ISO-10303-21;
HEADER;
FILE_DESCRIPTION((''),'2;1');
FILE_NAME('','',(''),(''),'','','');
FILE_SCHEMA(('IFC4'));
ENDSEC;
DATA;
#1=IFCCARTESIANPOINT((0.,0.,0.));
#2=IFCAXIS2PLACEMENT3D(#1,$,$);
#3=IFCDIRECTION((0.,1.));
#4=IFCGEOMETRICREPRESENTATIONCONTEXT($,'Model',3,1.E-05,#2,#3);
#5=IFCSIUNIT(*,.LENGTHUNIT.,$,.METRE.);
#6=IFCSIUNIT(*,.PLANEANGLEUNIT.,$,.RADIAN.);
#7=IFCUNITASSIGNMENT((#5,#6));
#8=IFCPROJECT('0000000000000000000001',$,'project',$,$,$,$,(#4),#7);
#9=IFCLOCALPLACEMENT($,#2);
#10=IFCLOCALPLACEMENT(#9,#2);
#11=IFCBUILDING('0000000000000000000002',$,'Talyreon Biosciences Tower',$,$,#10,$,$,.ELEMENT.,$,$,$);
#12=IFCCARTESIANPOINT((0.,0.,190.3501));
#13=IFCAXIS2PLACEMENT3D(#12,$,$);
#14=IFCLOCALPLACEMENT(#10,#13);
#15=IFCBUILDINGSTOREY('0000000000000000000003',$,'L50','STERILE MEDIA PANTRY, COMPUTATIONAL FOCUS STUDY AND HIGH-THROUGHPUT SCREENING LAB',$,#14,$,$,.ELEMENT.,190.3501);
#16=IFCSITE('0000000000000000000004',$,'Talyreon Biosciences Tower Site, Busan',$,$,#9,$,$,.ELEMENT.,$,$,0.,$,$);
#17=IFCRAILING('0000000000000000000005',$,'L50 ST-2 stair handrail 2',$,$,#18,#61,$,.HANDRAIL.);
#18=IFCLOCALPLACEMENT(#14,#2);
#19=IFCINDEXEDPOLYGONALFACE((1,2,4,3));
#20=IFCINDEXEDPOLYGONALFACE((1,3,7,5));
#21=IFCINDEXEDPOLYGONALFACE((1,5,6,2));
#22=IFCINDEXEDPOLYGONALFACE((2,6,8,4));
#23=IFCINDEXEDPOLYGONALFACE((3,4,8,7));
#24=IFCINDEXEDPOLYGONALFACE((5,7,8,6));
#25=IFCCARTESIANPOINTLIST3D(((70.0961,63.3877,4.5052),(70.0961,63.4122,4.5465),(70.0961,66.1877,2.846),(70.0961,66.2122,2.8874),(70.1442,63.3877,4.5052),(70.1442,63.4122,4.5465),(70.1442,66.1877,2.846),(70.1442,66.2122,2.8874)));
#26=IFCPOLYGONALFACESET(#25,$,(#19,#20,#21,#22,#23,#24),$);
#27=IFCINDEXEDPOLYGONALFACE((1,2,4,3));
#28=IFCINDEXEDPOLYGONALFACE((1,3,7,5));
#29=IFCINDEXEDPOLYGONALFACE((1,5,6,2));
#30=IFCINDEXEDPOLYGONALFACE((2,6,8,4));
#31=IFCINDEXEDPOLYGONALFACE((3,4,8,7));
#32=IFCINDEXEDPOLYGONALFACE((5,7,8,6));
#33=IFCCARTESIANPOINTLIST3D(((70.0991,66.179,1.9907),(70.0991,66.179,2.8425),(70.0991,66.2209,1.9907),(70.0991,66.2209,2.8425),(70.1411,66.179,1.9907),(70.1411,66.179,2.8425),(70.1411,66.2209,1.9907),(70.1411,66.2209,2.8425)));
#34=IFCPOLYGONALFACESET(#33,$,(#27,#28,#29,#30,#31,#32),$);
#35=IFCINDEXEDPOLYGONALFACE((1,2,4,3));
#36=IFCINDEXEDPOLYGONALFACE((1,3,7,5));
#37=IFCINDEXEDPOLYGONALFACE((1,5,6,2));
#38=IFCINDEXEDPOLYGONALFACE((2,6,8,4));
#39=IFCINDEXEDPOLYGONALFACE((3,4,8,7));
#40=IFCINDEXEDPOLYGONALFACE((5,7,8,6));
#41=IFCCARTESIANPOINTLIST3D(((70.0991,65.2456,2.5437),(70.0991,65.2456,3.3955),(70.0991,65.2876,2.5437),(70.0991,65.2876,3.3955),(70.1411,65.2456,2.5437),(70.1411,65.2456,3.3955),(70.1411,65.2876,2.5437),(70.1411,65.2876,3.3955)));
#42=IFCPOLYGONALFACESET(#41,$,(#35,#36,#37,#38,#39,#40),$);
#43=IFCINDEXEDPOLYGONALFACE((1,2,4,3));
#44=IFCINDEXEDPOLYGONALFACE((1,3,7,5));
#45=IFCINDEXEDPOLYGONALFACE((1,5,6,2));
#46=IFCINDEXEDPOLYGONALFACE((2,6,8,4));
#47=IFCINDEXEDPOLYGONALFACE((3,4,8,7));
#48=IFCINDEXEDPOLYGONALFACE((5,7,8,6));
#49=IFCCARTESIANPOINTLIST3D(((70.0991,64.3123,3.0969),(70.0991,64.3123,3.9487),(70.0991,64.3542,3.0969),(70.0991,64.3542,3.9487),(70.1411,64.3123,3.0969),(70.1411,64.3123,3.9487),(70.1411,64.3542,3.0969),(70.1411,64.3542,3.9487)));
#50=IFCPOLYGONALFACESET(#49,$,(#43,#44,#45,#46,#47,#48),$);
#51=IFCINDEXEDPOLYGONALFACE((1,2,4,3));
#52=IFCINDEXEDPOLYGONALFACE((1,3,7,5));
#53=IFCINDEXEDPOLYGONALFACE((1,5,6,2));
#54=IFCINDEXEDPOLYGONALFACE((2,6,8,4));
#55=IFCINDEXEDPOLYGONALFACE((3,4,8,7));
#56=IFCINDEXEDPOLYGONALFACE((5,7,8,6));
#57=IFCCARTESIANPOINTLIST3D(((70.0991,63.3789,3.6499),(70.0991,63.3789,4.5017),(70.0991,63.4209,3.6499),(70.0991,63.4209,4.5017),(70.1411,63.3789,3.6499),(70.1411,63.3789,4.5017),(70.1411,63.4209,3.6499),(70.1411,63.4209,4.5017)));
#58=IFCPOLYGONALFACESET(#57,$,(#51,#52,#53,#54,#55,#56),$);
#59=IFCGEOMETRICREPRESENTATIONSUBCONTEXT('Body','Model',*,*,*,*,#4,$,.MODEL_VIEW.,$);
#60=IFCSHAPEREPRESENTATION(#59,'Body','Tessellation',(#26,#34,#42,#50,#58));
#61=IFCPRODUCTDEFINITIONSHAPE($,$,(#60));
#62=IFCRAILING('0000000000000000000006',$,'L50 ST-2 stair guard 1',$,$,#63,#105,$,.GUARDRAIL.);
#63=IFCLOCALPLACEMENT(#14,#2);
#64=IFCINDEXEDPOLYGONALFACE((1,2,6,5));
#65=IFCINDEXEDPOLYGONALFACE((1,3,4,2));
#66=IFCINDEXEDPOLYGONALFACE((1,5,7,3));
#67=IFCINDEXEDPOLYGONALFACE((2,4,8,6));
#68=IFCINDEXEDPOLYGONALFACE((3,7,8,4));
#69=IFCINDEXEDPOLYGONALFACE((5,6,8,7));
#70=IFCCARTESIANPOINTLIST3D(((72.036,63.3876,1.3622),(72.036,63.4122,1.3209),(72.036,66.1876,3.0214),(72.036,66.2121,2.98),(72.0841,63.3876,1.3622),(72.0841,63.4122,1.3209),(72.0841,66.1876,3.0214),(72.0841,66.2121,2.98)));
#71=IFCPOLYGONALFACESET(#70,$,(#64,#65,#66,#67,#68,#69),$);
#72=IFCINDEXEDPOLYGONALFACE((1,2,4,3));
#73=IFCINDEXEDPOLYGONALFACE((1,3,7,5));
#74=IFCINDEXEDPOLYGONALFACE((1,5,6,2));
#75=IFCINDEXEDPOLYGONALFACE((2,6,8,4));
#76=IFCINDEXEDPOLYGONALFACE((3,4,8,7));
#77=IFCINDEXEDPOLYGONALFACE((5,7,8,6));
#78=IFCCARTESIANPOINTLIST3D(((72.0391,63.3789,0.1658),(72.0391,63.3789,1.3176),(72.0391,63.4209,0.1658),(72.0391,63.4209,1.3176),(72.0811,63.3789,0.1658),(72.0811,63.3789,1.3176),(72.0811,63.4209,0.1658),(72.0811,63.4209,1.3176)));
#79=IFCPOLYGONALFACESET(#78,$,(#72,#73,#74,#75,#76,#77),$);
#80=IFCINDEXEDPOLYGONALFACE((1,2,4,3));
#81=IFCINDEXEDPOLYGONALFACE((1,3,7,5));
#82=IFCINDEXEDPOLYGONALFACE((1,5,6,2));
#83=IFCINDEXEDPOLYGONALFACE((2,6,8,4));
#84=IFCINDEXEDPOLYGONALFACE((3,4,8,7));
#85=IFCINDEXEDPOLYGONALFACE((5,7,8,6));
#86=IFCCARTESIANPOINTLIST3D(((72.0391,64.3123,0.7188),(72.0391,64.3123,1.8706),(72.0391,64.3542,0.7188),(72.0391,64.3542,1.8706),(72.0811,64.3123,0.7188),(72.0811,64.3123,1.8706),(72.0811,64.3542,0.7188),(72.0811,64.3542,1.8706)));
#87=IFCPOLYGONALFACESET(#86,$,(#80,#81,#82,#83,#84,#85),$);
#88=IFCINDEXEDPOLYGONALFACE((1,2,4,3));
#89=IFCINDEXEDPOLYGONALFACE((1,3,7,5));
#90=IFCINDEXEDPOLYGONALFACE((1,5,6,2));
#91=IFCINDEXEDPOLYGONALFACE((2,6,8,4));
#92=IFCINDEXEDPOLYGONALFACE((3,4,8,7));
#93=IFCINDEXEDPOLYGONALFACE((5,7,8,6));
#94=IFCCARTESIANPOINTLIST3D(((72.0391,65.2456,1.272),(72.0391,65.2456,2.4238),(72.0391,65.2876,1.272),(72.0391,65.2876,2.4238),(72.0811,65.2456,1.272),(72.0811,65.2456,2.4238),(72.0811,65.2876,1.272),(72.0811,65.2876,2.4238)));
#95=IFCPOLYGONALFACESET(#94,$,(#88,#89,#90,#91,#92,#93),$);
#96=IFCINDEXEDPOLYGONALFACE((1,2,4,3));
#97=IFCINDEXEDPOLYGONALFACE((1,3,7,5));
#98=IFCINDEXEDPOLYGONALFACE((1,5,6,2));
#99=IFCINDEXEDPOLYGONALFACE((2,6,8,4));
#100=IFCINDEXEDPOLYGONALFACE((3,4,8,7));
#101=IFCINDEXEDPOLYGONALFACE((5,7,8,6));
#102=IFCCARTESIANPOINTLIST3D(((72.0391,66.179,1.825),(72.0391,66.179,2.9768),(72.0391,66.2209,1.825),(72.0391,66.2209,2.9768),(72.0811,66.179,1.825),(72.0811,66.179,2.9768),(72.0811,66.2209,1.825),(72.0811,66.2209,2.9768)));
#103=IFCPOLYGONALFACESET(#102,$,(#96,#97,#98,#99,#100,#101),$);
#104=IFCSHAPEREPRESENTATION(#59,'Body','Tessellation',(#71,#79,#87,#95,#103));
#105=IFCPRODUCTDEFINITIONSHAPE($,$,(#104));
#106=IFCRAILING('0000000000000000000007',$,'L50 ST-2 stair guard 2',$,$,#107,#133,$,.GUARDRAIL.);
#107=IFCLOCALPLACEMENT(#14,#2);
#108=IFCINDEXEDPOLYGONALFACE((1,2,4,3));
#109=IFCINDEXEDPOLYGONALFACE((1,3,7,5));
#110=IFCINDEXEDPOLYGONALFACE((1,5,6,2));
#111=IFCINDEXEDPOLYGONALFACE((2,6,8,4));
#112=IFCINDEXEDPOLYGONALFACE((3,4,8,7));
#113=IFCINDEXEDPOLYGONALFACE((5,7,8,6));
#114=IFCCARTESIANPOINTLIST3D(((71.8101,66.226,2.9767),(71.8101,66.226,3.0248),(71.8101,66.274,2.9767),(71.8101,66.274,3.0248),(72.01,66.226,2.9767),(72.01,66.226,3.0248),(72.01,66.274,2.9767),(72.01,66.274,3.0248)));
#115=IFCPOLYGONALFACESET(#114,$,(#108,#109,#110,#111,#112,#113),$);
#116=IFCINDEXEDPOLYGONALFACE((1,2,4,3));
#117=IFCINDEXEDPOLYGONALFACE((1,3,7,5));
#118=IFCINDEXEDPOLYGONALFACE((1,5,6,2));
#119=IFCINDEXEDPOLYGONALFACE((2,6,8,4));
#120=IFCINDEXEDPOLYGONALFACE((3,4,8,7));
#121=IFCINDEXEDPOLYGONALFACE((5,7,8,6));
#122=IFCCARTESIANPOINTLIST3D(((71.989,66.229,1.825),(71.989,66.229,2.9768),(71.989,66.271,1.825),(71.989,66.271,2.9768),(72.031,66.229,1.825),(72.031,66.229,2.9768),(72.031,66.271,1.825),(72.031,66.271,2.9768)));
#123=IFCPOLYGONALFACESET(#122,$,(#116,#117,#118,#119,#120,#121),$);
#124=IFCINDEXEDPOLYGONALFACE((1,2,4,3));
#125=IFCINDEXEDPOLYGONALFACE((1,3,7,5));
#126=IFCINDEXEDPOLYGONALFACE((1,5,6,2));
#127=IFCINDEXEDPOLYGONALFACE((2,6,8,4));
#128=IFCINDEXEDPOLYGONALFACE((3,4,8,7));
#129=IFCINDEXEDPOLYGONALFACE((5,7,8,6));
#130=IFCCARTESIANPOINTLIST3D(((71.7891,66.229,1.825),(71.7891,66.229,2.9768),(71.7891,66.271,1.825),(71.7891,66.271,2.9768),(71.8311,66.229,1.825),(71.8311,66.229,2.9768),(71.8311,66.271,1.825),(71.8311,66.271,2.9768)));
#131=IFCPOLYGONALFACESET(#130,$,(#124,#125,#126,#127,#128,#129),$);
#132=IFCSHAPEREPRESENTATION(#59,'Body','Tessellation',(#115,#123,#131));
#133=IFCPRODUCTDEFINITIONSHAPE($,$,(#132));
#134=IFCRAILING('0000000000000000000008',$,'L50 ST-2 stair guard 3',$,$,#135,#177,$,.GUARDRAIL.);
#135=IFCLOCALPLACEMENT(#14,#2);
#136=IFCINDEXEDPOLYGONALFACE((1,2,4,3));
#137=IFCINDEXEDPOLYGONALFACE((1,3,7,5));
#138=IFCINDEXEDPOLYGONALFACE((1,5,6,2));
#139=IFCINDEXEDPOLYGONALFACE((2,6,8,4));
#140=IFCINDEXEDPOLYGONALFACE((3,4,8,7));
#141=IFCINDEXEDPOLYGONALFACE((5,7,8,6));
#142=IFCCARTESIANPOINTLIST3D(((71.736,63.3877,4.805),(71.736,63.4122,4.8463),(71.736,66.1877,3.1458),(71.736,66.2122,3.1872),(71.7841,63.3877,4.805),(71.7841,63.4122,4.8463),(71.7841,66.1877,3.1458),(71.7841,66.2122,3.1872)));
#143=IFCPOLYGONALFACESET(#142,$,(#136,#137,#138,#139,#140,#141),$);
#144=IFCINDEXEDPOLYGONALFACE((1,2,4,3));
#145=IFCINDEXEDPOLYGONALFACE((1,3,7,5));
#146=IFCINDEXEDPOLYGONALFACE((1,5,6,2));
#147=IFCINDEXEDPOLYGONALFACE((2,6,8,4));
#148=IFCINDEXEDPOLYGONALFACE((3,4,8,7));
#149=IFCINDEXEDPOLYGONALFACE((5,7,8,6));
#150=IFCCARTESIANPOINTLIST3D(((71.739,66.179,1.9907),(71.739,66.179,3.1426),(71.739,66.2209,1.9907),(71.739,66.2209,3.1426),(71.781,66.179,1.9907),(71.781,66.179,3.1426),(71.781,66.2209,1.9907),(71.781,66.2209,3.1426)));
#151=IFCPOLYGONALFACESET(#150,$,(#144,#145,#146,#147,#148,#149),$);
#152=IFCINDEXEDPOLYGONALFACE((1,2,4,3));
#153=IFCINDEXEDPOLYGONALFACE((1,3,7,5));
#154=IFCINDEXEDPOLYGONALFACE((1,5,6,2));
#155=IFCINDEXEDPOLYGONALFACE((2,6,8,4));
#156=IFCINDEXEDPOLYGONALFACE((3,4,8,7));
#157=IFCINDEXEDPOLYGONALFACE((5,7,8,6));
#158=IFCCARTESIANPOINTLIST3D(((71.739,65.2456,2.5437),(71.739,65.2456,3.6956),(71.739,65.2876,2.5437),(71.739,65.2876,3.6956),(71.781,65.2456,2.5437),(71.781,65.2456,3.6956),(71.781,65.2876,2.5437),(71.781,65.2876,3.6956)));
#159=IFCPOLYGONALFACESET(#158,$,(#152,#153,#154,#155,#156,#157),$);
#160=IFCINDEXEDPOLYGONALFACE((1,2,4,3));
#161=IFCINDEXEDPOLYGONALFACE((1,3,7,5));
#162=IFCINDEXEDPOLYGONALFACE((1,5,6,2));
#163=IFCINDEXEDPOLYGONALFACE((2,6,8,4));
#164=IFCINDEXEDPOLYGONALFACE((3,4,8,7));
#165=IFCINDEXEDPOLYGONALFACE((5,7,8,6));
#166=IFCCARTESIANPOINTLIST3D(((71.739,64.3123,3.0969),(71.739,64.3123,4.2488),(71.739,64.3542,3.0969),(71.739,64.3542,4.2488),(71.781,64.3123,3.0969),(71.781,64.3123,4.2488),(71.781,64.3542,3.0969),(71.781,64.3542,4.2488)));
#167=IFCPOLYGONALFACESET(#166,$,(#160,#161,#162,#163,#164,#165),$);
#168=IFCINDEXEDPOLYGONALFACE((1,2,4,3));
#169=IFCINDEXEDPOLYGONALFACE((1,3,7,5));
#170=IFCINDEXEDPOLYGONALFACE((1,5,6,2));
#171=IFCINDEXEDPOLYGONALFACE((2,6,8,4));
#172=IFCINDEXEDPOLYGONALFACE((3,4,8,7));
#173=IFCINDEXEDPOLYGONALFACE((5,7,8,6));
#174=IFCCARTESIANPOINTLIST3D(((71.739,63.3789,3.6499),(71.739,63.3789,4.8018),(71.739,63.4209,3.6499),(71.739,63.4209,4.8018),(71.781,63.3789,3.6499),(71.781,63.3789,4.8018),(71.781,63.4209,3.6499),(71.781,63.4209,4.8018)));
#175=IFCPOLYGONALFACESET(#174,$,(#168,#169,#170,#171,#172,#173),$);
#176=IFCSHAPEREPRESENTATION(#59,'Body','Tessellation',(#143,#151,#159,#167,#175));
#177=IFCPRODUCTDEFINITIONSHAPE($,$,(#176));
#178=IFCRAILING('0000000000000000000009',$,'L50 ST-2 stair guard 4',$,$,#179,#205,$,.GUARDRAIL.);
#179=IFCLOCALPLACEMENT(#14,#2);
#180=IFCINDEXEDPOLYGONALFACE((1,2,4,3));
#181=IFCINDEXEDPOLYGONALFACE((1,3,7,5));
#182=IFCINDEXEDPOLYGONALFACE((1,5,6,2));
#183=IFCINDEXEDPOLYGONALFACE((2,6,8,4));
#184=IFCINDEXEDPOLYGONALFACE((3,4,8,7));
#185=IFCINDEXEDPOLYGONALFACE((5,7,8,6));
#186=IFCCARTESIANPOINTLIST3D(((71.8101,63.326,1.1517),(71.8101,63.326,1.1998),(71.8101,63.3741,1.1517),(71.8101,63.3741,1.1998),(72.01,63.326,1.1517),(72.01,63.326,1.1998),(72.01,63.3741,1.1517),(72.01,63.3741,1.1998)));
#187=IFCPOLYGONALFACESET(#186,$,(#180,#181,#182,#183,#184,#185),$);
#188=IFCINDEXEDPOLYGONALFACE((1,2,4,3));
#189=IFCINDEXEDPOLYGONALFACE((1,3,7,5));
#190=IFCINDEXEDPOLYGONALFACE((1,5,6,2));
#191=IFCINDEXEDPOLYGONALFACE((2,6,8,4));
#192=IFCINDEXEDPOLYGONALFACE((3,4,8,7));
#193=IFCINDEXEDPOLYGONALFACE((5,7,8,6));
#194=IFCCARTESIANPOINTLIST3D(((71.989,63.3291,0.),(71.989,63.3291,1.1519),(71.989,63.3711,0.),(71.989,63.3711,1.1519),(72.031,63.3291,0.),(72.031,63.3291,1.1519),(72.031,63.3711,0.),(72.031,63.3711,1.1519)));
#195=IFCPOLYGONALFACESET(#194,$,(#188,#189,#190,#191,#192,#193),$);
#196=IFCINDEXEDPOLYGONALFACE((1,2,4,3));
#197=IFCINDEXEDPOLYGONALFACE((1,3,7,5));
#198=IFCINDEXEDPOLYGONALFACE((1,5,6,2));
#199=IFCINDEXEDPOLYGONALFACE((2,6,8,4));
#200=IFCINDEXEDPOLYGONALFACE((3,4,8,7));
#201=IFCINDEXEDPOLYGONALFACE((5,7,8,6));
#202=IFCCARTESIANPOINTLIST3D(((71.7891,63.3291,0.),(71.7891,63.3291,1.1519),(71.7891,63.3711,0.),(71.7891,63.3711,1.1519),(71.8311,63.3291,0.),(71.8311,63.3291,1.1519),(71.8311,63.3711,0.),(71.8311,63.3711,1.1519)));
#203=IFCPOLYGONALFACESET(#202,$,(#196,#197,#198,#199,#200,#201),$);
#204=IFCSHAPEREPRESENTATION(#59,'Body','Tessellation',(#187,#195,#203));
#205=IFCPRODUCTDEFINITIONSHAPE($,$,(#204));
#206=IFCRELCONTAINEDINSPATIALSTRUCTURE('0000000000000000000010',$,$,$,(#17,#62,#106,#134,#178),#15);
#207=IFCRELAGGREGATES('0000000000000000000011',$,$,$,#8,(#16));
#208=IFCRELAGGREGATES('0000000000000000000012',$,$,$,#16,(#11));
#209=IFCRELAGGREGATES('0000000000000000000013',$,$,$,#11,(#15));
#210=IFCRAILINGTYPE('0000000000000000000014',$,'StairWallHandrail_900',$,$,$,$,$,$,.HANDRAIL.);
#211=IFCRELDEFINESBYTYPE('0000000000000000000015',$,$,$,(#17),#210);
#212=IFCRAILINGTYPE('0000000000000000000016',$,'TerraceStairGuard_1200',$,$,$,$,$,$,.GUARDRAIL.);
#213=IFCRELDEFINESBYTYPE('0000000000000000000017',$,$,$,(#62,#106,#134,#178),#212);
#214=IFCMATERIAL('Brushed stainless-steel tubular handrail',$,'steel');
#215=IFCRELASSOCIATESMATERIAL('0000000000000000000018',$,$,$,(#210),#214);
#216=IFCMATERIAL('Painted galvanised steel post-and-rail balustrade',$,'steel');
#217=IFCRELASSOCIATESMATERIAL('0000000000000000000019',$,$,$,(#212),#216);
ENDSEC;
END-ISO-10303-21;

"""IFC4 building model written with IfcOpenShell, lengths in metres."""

from ifc_helpers import new_model, si_unit, direction, frame, origin, origin_2d, place, context, subcontext, project, spatial, rectangle, extrude, material, type_object, element, save


model = new_model("IFC4")

# Units and contexts
model_context = context("Model", 3, precision=1e-05, world=origin(), true_north=direction((0.0, 1.0)))
body_context = subcontext(model_context, "Body", "Model", "MODEL_VIEW")
ifc_project = project(units=[si_unit("LENGTHUNIT", "METRE"), si_unit("PLANEANGLEUNIT", "RADIAN")], contexts=[model_context])

# Site, building, storey
site_placement = place(None, origin())
site = spatial("IfcSite", under=ifc_project, at=site_placement, Name="Talyreon Biosciences Tower Site, Busan", CompositionType="ELEMENT", RefElevation=0.0)
building_placement = place(site_placement, origin())
building = spatial("IfcBuilding", under=site, at=building_placement, Name="Talyreon Biosciences Tower", CompositionType="ELEMENT")
storey_placement = place(building_placement, frame((0.0, 0.0, 190.3501)))
storey = spatial("IfcBuildingStorey", under=building, at=storey_placement, Name="L50", Description="STERILE MEDIA PANTRY, COMPUTATIONAL FOCUS STUDY AND HIGH-THROUGHPUT SCREENING LAB", CompositionType="ELEMENT", Elevation=190.3501)

# Railings
ifc_material_1 = material(Name="Brushed stainless-steel tubular handrail", Category="steel")
railing_type_1 = type_object("IfcRailingType", Name="StairWallHandrail_900", PredefinedType="HANDRAIL", material=ifc_material_1)
railing_1_placement = place(storey_placement, frame((70.1201, 66.2, 1.9907)))
element("IfcRailing", 1, at=railing_1_placement, inside=storey, type_object=railing_type_1, Name="L50 ST-2 stair handrail 2", PredefinedType="HANDRAIL", context=body_context, shape_type="SweptSolid", body=[
    extrude(rectangle(XDim=0.0481, YDim=0.0481, at=origin_2d()), frame((0.0, 0.0, 0.876), z_axis=(0.0, -0.860306, 0.509778), x_axis=(1.0, 0.0, 0.0)), (0.0, 0.0, 1.0), 3.2546),
    extrude(rectangle(XDim=0.042, YDim=0.042, at=origin_2d()), origin(), (0.0, 0.0, 1.0), 0.8518),
    extrude(rectangle(XDim=0.042, YDim=0.042, at=origin_2d()), frame((0.0, -0.9333, 0.553)), (0.0, 0.0, 1.0), 0.8518),
    extrude(rectangle(XDim=0.042, YDim=0.042, at=origin_2d()), frame((0.0, -1.8667, 1.1062)), (0.0, 0.0, 1.0), 0.8518),
    extrude(rectangle(XDim=0.042, YDim=0.042, at=origin_2d()), frame((0.0, -2.8, 1.6592)), (0.0, 0.0, 1.0), 0.8518),
])
ifc_material_2 = material(Name="Painted galvanised steel post-and-rail balustrade", Category="steel")
railing_type_2 = type_object("IfcRailingType", Name="TerraceStairGuard_1200", PredefinedType="GUARDRAIL", material=ifc_material_2)
railing_2_placement = place(storey_placement, frame((72.0601, 63.3999, 0.1658)))
element("IfcRailing", 2, at=railing_2_placement, inside=storey, type_object=railing_type_2, Name="L50 ST-2 stair guard 1", PredefinedType="GUARDRAIL", context=body_context, shape_type="SweptSolid", body=[
    extrude(rectangle(XDim=0.0481, YDim=0.0481, at=origin_2d()), frame((0.0, 0.0, 1.1758), z_axis=(0.0, 0.860306, 0.509778), x_axis=(-1.0, 0.0, 0.0)), (0.0, 0.0, 1.0), 3.2546),
    extrude(rectangle(XDim=0.042, YDim=0.042, at=origin_2d()), origin(), (0.0, 0.0, 1.0), 1.1519),
    extrude(rectangle(XDim=0.042, YDim=0.042, at=origin_2d()), frame((0.0, 0.9333, 0.553)), (0.0, 0.0, 1.0), 1.1519),
    extrude(rectangle(XDim=0.042, YDim=0.042, at=origin_2d()), frame((0.0, 1.8667, 1.1062)), (0.0, 0.0, 1.0), 1.1519),
    extrude(rectangle(XDim=0.042, YDim=0.042, at=origin_2d()), frame((0.0, 2.8, 1.6592)), (0.0, 0.0, 1.0), 1.1519),
])
railing_3_placement = place(storey_placement, frame((72.01, 66.25, 1.825)))
element("IfcRailing", 3, at=railing_3_placement, inside=storey, type_object=railing_type_2, Name="L50 ST-2 stair guard 2", PredefinedType="GUARDRAIL", context=body_context, shape_type="SweptSolid", body=[
    extrude(rectangle(XDim=0.0481, YDim=0.0481, at=origin_2d()), frame((0.0, 0.0, 1.1758), z_axis=(-1.0, 0.0, 0.0), x_axis=(0.0, -1.0, 0.0)), (0.0, 0.0, 1.0), 0.2),
    extrude(rectangle(XDim=0.042, YDim=0.042, at=origin_2d()), origin(), (0.0, 0.0, 1.0), 1.1519),
    extrude(rectangle(XDim=0.042, YDim=0.042, at=origin_2d()), frame((-0.2, 0.0, 0.0)), (0.0, 0.0, 1.0), 1.1519),
])
railing_4_placement = place(storey_placement, frame((71.76, 66.2, 1.9907)))
element("IfcRailing", 4, at=railing_4_placement, inside=storey, type_object=railing_type_2, Name="L50 ST-2 stair guard 3", PredefinedType="GUARDRAIL", context=body_context, shape_type="SweptSolid", body=[
    extrude(rectangle(XDim=0.0481, YDim=0.0481, at=origin_2d()), frame((0.0, 0.0, 1.1758), z_axis=(0.0, -0.860306, 0.509778), x_axis=(1.0, 0.0, 0.0)), (0.0, 0.0, 1.0), 3.2546),
    extrude(rectangle(XDim=0.042, YDim=0.042, at=origin_2d()), origin(), (0.0, 0.0, 1.0), 1.1519),
    extrude(rectangle(XDim=0.042, YDim=0.042, at=origin_2d()), frame((0.0, -0.9333, 0.553)), (0.0, 0.0, 1.0), 1.1519),
    extrude(rectangle(XDim=0.042, YDim=0.042, at=origin_2d()), frame((0.0, -1.8667, 1.1062)), (0.0, 0.0, 1.0), 1.1519),
    extrude(rectangle(XDim=0.042, YDim=0.042, at=origin_2d()), frame((0.0, -2.8, 1.6592)), (0.0, 0.0, 1.0), 1.1519),
])
railing_5_placement = place(storey_placement, frame((72.01, 63.3501, 0.0)))
element("IfcRailing", 5, at=railing_5_placement, inside=storey, type_object=railing_type_2, Name="L50 ST-2 stair guard 4", PredefinedType="GUARDRAIL", context=body_context, shape_type="SweptSolid", body=[
    extrude(rectangle(XDim=0.0481, YDim=0.0481, at=origin_2d()), frame((0.0, 0.0, 1.1758), z_axis=(-1.0, 0.0, 0.0), x_axis=(0.0, -1.0, 0.0)), (0.0, 0.0, 1.0), 0.2),
    extrude(rectangle(XDim=0.042, YDim=0.042, at=origin_2d()), origin(), (0.0, 0.0, 1.0), 1.1519),
    extrude(rectangle(XDim=0.042, YDim=0.042, at=origin_2d()), frame((-0.2, 0.0, 0.0)), (0.0, 0.0, 1.0), 1.1519),
])

save(model, "model.ifc")
